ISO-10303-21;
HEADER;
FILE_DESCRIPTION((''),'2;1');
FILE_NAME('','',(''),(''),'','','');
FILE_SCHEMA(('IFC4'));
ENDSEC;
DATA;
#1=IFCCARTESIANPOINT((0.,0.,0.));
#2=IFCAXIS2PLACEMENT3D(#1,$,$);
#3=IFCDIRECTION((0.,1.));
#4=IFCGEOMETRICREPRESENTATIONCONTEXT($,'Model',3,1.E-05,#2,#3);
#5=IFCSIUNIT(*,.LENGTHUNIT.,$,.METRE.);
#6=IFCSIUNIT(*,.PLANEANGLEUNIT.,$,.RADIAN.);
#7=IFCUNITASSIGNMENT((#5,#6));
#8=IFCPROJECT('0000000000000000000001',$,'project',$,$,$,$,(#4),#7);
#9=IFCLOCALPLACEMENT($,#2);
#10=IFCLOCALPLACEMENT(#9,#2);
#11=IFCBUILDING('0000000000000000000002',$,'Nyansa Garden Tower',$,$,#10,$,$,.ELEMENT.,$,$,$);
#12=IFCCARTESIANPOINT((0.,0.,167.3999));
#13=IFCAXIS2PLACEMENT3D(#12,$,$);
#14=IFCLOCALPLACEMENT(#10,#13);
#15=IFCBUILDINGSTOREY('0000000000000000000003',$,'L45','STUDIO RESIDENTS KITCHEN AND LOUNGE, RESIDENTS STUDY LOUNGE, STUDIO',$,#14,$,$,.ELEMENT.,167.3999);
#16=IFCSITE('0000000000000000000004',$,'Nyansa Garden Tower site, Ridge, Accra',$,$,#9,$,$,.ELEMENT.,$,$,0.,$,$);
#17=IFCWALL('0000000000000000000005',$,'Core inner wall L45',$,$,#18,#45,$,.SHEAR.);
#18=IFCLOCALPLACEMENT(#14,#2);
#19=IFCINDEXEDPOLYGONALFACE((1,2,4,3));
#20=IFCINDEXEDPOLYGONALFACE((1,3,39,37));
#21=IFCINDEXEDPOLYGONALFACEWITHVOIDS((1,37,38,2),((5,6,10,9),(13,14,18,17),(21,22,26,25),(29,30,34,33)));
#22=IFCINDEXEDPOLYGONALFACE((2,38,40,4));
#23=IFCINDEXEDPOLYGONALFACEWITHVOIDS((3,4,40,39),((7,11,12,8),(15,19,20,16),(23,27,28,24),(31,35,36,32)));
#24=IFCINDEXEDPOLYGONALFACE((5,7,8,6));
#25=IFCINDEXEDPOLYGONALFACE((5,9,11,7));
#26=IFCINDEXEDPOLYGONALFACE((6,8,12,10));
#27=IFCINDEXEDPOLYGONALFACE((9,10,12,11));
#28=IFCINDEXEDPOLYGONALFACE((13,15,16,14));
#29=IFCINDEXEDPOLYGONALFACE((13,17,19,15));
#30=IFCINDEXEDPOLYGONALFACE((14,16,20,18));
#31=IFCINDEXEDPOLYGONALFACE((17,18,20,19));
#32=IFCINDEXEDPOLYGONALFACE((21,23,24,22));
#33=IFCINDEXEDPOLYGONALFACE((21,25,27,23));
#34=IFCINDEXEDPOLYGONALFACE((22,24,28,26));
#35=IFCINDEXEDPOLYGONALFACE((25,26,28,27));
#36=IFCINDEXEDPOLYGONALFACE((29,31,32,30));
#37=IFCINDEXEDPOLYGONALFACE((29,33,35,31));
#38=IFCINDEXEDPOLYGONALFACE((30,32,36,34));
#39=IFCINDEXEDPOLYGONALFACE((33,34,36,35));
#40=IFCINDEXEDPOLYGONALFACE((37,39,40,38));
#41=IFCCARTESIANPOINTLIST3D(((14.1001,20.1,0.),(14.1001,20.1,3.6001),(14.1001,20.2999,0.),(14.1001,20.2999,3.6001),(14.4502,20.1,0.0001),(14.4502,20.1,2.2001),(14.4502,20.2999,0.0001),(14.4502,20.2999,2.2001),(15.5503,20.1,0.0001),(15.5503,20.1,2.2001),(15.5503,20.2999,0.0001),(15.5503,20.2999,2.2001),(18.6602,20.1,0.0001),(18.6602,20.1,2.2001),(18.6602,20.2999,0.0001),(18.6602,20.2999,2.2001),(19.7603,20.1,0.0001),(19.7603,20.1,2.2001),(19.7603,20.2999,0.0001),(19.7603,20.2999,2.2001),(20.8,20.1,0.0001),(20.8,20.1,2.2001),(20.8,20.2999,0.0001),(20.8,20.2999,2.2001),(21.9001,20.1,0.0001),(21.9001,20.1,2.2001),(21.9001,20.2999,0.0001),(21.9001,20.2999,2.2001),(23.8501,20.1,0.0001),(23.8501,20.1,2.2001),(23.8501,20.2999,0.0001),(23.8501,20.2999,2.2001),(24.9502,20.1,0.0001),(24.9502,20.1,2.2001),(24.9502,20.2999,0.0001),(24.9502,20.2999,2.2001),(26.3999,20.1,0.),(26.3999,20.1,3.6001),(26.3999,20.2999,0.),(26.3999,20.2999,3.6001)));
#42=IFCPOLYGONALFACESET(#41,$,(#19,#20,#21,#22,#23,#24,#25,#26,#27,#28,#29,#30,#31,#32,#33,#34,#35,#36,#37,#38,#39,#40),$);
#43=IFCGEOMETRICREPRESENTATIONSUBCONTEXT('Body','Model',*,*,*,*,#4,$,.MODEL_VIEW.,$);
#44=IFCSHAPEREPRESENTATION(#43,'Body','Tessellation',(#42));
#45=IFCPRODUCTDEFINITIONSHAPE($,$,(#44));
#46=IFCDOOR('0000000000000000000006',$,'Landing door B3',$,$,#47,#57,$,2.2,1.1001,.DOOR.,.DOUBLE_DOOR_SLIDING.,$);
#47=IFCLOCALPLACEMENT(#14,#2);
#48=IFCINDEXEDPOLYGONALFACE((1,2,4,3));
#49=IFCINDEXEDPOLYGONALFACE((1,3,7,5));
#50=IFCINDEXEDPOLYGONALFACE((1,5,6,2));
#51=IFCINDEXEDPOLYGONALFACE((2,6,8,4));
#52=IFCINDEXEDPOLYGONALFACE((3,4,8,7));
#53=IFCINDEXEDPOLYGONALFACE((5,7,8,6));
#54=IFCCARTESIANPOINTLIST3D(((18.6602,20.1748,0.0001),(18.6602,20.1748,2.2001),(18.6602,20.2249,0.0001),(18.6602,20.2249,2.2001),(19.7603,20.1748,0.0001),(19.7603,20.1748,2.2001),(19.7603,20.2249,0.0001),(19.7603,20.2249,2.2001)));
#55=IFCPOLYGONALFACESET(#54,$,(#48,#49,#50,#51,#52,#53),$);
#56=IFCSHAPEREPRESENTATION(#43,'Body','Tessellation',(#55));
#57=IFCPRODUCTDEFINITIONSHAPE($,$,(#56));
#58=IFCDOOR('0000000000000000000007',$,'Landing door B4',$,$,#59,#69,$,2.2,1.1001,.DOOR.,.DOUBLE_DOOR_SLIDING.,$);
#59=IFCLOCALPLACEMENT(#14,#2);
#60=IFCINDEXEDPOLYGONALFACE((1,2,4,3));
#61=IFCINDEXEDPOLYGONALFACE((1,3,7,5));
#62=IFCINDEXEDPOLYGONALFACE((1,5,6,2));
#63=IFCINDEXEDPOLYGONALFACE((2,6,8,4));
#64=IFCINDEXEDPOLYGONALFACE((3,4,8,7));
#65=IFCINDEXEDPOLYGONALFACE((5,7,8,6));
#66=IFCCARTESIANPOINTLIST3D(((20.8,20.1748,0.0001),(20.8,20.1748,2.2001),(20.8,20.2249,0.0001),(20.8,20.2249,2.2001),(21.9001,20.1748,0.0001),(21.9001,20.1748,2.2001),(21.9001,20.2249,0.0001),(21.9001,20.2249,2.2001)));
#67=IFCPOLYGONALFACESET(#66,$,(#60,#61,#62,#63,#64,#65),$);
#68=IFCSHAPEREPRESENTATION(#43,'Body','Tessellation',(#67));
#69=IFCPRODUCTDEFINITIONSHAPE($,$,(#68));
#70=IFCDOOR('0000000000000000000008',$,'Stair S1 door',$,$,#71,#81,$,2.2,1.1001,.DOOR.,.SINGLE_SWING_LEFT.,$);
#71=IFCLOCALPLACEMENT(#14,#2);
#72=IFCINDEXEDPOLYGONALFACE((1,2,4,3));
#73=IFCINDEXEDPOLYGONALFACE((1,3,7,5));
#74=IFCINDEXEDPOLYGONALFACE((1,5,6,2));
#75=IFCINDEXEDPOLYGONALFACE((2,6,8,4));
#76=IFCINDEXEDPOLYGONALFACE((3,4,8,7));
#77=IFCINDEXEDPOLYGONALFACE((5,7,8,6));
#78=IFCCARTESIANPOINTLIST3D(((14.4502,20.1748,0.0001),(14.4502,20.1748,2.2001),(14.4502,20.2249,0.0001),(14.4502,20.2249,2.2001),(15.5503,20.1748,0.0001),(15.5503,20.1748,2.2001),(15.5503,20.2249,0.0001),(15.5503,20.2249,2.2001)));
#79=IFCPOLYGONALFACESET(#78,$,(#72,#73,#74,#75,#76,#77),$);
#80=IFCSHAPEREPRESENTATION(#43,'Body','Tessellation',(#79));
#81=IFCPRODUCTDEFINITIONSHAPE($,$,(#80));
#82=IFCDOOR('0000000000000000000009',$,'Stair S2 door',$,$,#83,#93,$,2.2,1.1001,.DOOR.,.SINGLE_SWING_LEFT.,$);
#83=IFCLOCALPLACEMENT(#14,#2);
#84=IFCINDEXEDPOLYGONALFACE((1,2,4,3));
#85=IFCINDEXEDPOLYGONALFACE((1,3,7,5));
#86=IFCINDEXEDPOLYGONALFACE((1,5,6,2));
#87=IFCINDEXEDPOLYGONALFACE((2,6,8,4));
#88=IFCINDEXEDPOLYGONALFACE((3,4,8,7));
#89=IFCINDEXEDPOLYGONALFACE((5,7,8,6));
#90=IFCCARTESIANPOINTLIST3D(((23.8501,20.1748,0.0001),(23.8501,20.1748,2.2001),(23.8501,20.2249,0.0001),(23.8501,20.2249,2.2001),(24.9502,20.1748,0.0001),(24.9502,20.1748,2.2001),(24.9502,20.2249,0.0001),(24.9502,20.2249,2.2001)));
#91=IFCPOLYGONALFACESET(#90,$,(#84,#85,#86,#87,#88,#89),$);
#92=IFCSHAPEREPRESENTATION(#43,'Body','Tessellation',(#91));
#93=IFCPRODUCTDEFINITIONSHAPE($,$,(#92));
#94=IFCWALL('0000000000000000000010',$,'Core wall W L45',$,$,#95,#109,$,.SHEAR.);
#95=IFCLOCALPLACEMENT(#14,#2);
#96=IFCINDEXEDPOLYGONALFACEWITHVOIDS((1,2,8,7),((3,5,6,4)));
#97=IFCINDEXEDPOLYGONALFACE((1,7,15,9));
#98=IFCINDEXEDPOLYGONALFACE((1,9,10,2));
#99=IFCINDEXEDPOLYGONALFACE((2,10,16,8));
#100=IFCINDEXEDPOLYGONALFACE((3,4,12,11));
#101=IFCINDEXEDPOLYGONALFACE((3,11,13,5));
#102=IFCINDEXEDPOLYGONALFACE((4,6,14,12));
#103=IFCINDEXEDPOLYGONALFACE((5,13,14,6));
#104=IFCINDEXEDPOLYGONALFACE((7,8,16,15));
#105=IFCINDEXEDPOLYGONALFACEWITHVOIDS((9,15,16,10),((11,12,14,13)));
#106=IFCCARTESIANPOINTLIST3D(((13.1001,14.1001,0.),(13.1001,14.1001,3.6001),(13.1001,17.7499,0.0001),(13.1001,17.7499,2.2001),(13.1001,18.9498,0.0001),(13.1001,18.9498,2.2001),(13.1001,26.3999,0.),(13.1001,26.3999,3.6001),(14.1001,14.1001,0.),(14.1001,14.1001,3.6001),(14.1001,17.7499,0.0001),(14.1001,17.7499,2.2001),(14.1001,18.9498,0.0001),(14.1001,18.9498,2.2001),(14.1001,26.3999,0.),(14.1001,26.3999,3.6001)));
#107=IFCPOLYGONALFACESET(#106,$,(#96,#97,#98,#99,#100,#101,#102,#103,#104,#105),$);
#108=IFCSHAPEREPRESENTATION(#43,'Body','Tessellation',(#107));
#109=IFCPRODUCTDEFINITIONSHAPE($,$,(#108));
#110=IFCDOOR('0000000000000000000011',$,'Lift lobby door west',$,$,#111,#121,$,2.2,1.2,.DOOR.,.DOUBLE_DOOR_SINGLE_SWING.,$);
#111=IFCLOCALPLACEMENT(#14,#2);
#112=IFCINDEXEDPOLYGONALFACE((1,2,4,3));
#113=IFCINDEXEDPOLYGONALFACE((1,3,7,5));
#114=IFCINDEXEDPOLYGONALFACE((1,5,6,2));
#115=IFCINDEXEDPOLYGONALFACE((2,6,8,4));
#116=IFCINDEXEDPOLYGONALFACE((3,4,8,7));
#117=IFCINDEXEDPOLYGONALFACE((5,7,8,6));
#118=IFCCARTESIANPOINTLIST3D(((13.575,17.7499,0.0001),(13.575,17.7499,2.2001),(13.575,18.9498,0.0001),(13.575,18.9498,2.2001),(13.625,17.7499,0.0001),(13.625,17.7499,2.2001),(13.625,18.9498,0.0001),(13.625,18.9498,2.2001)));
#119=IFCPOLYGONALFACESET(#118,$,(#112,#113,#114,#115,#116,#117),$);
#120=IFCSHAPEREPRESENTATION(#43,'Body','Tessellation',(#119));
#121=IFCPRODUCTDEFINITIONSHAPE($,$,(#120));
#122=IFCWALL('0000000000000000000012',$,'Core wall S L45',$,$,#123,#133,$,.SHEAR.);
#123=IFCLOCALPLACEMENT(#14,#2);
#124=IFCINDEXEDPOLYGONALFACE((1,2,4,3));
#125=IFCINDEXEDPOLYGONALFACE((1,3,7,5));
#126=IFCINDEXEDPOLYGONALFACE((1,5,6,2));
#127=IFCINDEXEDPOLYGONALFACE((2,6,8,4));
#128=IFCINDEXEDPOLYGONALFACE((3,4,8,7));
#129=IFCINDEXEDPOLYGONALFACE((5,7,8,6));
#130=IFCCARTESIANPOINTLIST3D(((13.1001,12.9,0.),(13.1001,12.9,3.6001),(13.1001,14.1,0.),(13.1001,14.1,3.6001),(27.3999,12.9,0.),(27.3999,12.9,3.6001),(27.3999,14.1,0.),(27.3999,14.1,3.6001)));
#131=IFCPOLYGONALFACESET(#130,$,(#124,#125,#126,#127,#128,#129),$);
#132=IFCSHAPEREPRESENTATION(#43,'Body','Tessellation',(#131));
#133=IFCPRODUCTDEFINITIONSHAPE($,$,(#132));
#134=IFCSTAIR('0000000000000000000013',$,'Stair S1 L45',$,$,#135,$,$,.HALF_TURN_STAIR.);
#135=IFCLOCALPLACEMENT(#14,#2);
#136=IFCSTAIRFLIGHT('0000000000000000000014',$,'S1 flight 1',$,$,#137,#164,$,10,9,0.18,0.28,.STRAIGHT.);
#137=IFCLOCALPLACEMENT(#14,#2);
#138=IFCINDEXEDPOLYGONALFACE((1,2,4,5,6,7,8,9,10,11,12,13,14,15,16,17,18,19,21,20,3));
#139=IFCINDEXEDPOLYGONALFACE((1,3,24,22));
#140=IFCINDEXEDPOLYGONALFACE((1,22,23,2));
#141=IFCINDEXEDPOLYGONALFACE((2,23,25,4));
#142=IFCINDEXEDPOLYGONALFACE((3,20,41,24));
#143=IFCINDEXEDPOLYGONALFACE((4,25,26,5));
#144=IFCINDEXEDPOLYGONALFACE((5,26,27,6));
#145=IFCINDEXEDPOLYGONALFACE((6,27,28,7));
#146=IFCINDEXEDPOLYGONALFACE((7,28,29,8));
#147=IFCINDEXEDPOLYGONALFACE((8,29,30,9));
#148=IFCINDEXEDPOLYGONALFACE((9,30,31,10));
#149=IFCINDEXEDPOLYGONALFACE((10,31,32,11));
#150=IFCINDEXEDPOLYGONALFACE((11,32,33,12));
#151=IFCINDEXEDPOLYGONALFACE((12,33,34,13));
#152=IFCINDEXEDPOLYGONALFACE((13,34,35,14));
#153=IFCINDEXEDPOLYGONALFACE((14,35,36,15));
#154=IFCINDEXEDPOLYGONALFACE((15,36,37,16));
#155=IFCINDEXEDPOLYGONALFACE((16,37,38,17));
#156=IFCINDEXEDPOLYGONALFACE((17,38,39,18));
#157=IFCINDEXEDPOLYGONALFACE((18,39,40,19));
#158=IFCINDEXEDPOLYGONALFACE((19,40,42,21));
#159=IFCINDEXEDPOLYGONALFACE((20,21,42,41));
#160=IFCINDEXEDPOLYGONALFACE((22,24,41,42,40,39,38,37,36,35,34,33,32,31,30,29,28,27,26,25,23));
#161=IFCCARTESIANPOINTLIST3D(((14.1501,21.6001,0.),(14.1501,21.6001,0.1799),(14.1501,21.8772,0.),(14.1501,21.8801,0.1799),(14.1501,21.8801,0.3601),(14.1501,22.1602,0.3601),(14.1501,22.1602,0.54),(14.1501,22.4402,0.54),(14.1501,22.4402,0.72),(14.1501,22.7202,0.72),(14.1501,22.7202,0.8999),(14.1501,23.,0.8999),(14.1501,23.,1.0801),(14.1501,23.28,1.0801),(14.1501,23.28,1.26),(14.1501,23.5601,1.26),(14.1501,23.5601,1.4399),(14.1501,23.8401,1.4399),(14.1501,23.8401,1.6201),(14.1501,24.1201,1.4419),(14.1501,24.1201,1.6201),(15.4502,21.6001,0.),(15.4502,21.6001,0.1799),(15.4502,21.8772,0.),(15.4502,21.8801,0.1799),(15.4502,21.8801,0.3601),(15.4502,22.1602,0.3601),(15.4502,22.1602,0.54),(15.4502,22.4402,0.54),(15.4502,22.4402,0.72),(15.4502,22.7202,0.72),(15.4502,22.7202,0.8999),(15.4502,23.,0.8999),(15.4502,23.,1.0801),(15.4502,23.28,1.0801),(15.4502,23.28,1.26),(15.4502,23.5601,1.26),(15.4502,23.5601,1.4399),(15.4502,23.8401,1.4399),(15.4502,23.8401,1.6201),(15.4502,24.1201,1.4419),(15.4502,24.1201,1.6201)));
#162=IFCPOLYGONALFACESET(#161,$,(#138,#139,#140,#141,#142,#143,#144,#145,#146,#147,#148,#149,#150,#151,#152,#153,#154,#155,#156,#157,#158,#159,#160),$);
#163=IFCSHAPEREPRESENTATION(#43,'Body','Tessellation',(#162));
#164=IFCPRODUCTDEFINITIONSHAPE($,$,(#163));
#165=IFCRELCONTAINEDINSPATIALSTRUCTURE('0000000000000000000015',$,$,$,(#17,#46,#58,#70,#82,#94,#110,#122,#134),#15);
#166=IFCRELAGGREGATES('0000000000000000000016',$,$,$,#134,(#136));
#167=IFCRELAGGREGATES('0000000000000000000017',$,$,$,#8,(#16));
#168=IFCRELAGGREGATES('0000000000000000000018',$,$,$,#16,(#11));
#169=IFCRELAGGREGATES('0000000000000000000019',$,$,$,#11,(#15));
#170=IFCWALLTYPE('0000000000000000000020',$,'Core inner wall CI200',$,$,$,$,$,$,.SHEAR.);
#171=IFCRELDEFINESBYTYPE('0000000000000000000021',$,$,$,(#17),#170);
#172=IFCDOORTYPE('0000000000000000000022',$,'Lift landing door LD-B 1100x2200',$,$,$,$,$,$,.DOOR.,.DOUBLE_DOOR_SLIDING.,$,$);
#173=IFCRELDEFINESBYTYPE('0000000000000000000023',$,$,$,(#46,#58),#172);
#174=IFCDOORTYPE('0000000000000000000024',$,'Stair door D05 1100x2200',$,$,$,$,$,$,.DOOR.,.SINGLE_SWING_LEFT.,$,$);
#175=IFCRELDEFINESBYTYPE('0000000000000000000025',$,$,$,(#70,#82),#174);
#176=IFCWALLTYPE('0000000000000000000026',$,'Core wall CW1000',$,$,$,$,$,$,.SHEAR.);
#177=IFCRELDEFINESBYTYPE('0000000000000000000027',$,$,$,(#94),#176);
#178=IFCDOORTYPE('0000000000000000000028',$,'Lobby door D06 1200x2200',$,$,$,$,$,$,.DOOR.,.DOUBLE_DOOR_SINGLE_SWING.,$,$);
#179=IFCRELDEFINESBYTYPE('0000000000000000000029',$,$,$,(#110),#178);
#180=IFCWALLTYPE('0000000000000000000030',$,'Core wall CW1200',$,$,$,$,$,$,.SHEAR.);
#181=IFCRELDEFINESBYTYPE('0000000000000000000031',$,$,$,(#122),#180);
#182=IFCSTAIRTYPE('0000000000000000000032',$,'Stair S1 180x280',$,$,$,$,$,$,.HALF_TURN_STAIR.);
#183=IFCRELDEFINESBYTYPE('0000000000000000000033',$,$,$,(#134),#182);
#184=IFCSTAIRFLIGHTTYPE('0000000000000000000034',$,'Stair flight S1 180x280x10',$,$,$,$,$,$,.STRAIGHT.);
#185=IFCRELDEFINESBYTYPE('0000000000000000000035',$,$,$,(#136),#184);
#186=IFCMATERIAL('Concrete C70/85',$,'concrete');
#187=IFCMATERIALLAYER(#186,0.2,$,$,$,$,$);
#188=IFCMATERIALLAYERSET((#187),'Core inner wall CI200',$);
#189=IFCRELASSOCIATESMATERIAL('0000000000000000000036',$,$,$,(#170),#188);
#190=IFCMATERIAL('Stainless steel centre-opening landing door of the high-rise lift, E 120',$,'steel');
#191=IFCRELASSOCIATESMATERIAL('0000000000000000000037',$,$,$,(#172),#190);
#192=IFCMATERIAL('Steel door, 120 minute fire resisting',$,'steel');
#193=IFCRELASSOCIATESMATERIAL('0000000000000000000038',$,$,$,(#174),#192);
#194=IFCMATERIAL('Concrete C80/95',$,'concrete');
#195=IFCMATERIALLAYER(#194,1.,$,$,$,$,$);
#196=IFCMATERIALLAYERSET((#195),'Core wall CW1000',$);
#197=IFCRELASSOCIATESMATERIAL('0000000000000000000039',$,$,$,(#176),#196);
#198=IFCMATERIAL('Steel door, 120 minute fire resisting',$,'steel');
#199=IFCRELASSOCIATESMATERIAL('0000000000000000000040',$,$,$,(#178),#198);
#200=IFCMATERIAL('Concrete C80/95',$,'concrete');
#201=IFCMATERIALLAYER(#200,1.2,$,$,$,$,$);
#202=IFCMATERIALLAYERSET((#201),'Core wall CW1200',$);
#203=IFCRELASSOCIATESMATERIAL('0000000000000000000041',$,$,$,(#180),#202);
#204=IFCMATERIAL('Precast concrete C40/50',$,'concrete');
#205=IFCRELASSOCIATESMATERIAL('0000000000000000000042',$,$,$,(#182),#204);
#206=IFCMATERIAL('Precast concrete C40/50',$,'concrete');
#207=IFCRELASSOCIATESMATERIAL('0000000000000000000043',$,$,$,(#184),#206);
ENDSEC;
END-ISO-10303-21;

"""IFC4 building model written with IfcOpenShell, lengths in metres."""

from ifc_helpers import new_model, si_unit, direction, frame, frame_2d, origin, place, context, subcontext, project, spatial, polyline, rectangle, outline, extrude, material, layer, layer_set, type_object, element, fill, aggregate, save


model = new_model("IFC4")

# Units and contexts
model_context = context("Model", 3, precision=1e-05, world=origin(), true_north=direction((0.0, 1.0)))
body_context = subcontext(model_context, "Body", "Model", "MODEL_VIEW")
ifc_project = project(units=[si_unit("LENGTHUNIT", "METRE"), si_unit("PLANEANGLEUNIT", "RADIAN")], contexts=[model_context])

# Site, building, storey
site_placement = place(None, origin())
site = spatial("IfcSite", under=ifc_project, at=site_placement, Name="Nyansa Garden Tower site, Ridge, Accra", CompositionType="ELEMENT", RefElevation=0.0)
building_placement = place(site_placement, origin())
building = spatial("IfcBuilding", under=site, at=building_placement, Name="Nyansa Garden Tower", CompositionType="ELEMENT")
storey_placement = place(building_placement, frame((0.0, 0.0, 167.3999)))
storey = spatial("IfcBuildingStorey", under=building, at=storey_placement, Name="L45", Description="STUDIO RESIDENTS KITCHEN AND LOUNGE, RESIDENTS STUDY LOUNGE, STUDIO", CompositionType="ELEMENT", Elevation=167.3999)

# Wall, openings, doors
ifc_material_1 = material(Name="Concrete C70/85", Category="concrete")
ifc_layer_1 = layer(ifc_material_1, 0.2)
ifc_layer_set_1 = layer_set([ifc_layer_1], Name="Core inner wall CI200")
wall_type_1 = type_object("IfcWallType", Name="Core inner wall CI200", PredefinedType="SHEAR", material=ifc_layer_set_1)
ifc_material_2 = material(Name="Stainless steel centre-opening landing door of the high-rise lift, E 120", Category="steel")
door_type_1 = type_object("IfcDoorType", Name="Lift landing door LD-B 1100x2200", OperationType="DOUBLE_DOOR_SLIDING", PredefinedType="DOOR", material=ifc_material_2)
wall_1_placement = place(storey_placement, frame((14.1001, 20.2, 0.0), z_axis=(0.0, 0.0, 1.0), x_axis=(1.0, 0.0, 0.0)))
wall_1 = element("IfcWall", 1, at=wall_1_placement, inside=storey, type_object=wall_type_1, Name="Core inner wall L45", PredefinedType="SHEAR", context=body_context, shape_type="SweptSolid", body=[
    extrude(rectangle(XDim=12.2998, YDim=0.2, at=frame_2d((6.1499, 0.0))), origin(), (0.0, 0.0, 1.0), 3.6001),
])
opening_1_placement = place(wall_1_placement, frame((4.5601, 0.0, 0.0)))
opening_1 = element("IfcOpeningElement", 2, at=opening_1_placement, cuts=wall_1, PredefinedType="OPENING", context=body_context, shape_type="SweptSolid", body=[
    extrude(rectangle(XDim=1.1001, YDim=2.2, at=frame_2d((0.55, 1.1001))), frame((0.0, 0.1099, 0.0), z_axis=(0.0, -1.0, 0.0), x_axis=(1.0, 0.0, 0.0)), (0.0, 0.0, 1.0), 0.22),
])
opening_2_placement = place(wall_1_placement, frame((6.7, 0.0, 0.0)))
opening_2 = element("IfcOpeningElement", 3, at=opening_2_placement, cuts=wall_1, PredefinedType="OPENING", context=body_context, shape_type="SweptSolid", body=[
    extrude(rectangle(XDim=1.1001, YDim=2.2, at=frame_2d((0.55, 1.1001))), frame((0.0, 0.1099, 0.0), z_axis=(0.0, -1.0, 0.0), x_axis=(1.0, 0.0, 0.0)), (0.0, 0.0, 1.0), 0.22),
])
opening_3_placement = place(wall_1_placement, frame((0.3501, 0.0, 0.0)))
opening_3 = element("IfcOpeningElement", 4, at=opening_3_placement, cuts=wall_1, PredefinedType="OPENING", context=body_context, shape_type="SweptSolid", body=[
    extrude(rectangle(XDim=1.1001, YDim=2.2, at=frame_2d((0.55, 1.1001))), frame((0.0, 0.1099, 0.0), z_axis=(0.0, -1.0, 0.0), x_axis=(1.0, 0.0, 0.0)), (0.0, 0.0, 1.0), 0.22),
])
opening_4_placement = place(wall_1_placement, frame((9.75, 0.0, 0.0)))
opening_4 = element("IfcOpeningElement", 5, at=opening_4_placement, cuts=wall_1, PredefinedType="OPENING", context=body_context, shape_type="SweptSolid", body=[
    extrude(rectangle(XDim=1.1001, YDim=2.2, at=frame_2d((0.55, 1.1001))), frame((0.0, 0.1099, 0.0), z_axis=(0.0, -1.0, 0.0), x_axis=(1.0, 0.0, 0.0)), (0.0, 0.0, 1.0), 0.22),
])
door_1_placement = place(opening_1_placement, origin())
door_1 = element("IfcDoor", 6, at=door_1_placement, inside=storey, type_object=door_type_1, Name="Landing door B3", OperationType="DOUBLE_DOOR_SLIDING", OverallHeight=2.2, OverallWidth=1.1001, PredefinedType="DOOR", context=body_context, shape_type="SweptSolid", body=[
    extrude(rectangle(XDim=1.1001, YDim=2.2, at=frame_2d((0.55, 1.1001))), frame((0.0, 0.0249, 0.0), z_axis=(0.0, -1.0, 0.0), x_axis=(1.0, 0.0, 0.0)), (0.0, 0.0, 1.0), 0.05),
])
fill(opening_1, door_1)
door_2_placement = place(opening_2_placement, origin())
door_2 = element("IfcDoor", 7, at=door_2_placement, inside=storey, type_object=door_type_1, Name="Landing door B4", OperationType="DOUBLE_DOOR_SLIDING", OverallHeight=2.2, OverallWidth=1.1001, PredefinedType="DOOR", context=body_context, shape_type="SweptSolid", body=[
    extrude(rectangle(XDim=1.1001, YDim=2.2, at=frame_2d((0.55, 1.1001))), frame((0.0, 0.0249, 0.0), z_axis=(0.0, -1.0, 0.0), x_axis=(1.0, 0.0, 0.0)), (0.0, 0.0, 1.0), 0.05),
])
fill(opening_2, door_2)
ifc_material_3 = material(Name="Steel door, 120 minute fire resisting", Category="steel")
door_type_2 = type_object("IfcDoorType", Name="Stair door D05 1100x2200", OperationType="SINGLE_SWING_LEFT", PredefinedType="DOOR", material=ifc_material_3)
door_3_placement = place(opening_3_placement, origin())
door_3 = element("IfcDoor", 8, at=door_3_placement, inside=storey, type_object=door_type_2, Name="Stair S1 door", OperationType="SINGLE_SWING_LEFT", OverallHeight=2.2, OverallWidth=1.1001, PredefinedType="DOOR", context=body_context, shape_type="SweptSolid", body=[
    extrude(rectangle(XDim=1.1001, YDim=2.2, at=frame_2d((0.55, 1.1001))), frame((0.0, 0.0249, 0.0), z_axis=(0.0, -1.0, 0.0), x_axis=(1.0, 0.0, 0.0)), (0.0, 0.0, 1.0), 0.05),
])
fill(opening_3, door_3)
door_4_placement = place(opening_4_placement, origin())
door_4 = element("IfcDoor", 9, at=door_4_placement, inside=storey, type_object=door_type_2, Name="Stair S2 door", OperationType="SINGLE_SWING_LEFT", OverallHeight=2.2, OverallWidth=1.1001, PredefinedType="DOOR", context=body_context, shape_type="SweptSolid", body=[
    extrude(rectangle(XDim=1.1001, YDim=2.2, at=frame_2d((0.55, 1.1001))), frame((0.0, 0.0249, 0.0), z_axis=(0.0, -1.0, 0.0), x_axis=(1.0, 0.0, 0.0)), (0.0, 0.0, 1.0), 0.05),
])
fill(opening_4, door_4)

# Wall, opening, door
ifc_material_4 = material(Name="Concrete C80/95", Category="concrete")
ifc_layer_2 = layer(ifc_material_4, 1.0)
ifc_layer_set_2 = layer_set([ifc_layer_2], Name="Core wall CW1000")
wall_type_2 = type_object("IfcWallType", Name="Core wall CW1000", PredefinedType="SHEAR", material=ifc_layer_set_2)
wall_2_placement = place(storey_placement, frame((13.6001, 26.3999, 0.0), z_axis=(0.0, 0.0, 1.0), x_axis=(0.0, -1.0, 0.0)))
wall_2 = element("IfcWall", 10, at=wall_2_placement, inside=storey, type_object=wall_type_2, Name="Core wall W L45", PredefinedType="SHEAR", context=body_context, shape_type="SweptSolid", body=[
    extrude(rectangle(XDim=12.2998, YDim=1.0, at=frame_2d((6.1499, 0.0))), origin(), (0.0, 0.0, 1.0), 3.6001),
])
opening_5_placement = place(wall_2_placement, frame((7.45, 0.0, 0.0)))
opening_5 = element("IfcOpeningElement", 11, at=opening_5_placement, cuts=wall_2, PredefinedType="OPENING", context=body_context, shape_type="SweptSolid", body=[
    extrude(rectangle(XDim=1.2, YDim=2.2, at=frame_2d((0.6001, 1.1001))), frame((0.0, 0.51, 0.0), z_axis=(0.0, -1.0, 0.0), x_axis=(1.0, 0.0, 0.0)), (0.0, 0.0, 1.0), 1.02),
])
ifc_material_5 = material(Name="Steel door, 120 minute fire resisting", Category="steel")
door_type_3 = type_object("IfcDoorType", Name="Lobby door D06 1200x2200", OperationType="DOUBLE_DOOR_SINGLE_SWING", PredefinedType="DOOR", material=ifc_material_5)
door_5_placement = place(opening_5_placement, origin())
door_5 = element("IfcDoor", 12, at=door_5_placement, inside=storey, type_object=door_type_3, Name="Lift lobby door west", OperationType="DOUBLE_DOOR_SINGLE_SWING", OverallHeight=2.2, OverallWidth=1.2, PredefinedType="DOOR", context=body_context, shape_type="SweptSolid", body=[
    extrude(rectangle(XDim=1.2, YDim=2.2, at=frame_2d((0.6001, 1.1001))), frame((0.0, 0.0249, 0.0), z_axis=(0.0, -1.0, 0.0), x_axis=(1.0, 0.0, 0.0)), (0.0, 0.0, 1.0), 0.05),
])
fill(opening_5, door_5)

# Wall
ifc_material_6 = material(Name="Concrete C80/95", Category="concrete")
ifc_layer_3 = layer(ifc_material_6, 1.2)
ifc_layer_set_3 = layer_set([ifc_layer_3], Name="Core wall CW1200")
wall_type_3 = type_object("IfcWallType", Name="Core wall CW1200", PredefinedType="SHEAR", material=ifc_layer_set_3)
wall_3_placement = place(storey_placement, frame((13.1001, 13.5, 0.0), z_axis=(0.0, 0.0, 1.0), x_axis=(1.0, 0.0, 0.0)))
element("IfcWall", 13, at=wall_3_placement, inside=storey, type_object=wall_type_3, Name="Core wall S L45", PredefinedType="SHEAR", context=body_context, shape_type="SweptSolid", body=[
    extrude(rectangle(XDim=14.2998, YDim=1.2, at=frame_2d((7.1499, 0.0))), origin(), (0.0, 0.0, 1.0), 3.6001),
])

# Stair, stair flight
ifc_material_7 = material(Name="Precast concrete C40/50", Category="concrete")
stair_type = type_object("IfcStairType", Name="Stair S1 180x280", PredefinedType="HALF_TURN_STAIR", material=ifc_material_7)
stair_placement = place(storey_placement, origin())
stair = element("IfcStair", 14, at=stair_placement, inside=storey, type_object=stair_type, Name="Stair S1 L45", PredefinedType="HALF_TURN_STAIR")
ifc_material_8 = material(Name="Precast concrete C40/50", Category="concrete")
stair_flight_type = type_object("IfcStairFlightType", Name="Stair flight S1 180x280x10", PredefinedType="STRAIGHT", material=ifc_material_8)
stair_flight_1_placement = place(storey_placement, frame((14.8, 21.6001, 0.0), z_axis=(0.0, 0.0, 1.0), x_axis=(0.0, 1.0, 0.0)))
stair_flight_1 = element("IfcStairFlight", 15, at=stair_flight_1_placement, type_object=stair_flight_type, Name="S1 flight 1", NumberOfRisers=10, NumberOfTreads=9, PredefinedType="STRAIGHT", RiserHeight=0.18, TreadLength=0.28, context=body_context, shape_type="SweptSolid", body=[
    extrude(outline(polyline([(0.0, 0.0), (0.0, 0.1799), (0.28, 0.1799), (0.28, 0.3601), (0.5601, 0.3601), (0.5601, 0.54), (0.8401, 0.54), (0.8401, 0.72), (1.1201, 0.72), (1.1201, 0.8999), (1.3999, 0.8999), (1.3999, 1.0801), (1.6799, 1.0801), (1.6799, 1.26), (1.96, 1.26), (1.96, 1.4399), (2.24, 1.4399), (2.24, 1.6201), (2.52, 1.6201), (2.52, 1.8), (2.52, 1.4419), (0.2771, 0.0), (0.0, 0.0)])), frame((0.0, 0.6499, 0.0), z_axis=(0.0, -1.0, 0.0), x_axis=(1.0, 0.0, 0.0)), (0.0, 0.0, 1.0), 1.3),
])
aggregate(stair, [stair_flight_1])

save(model, "model.ifc")
